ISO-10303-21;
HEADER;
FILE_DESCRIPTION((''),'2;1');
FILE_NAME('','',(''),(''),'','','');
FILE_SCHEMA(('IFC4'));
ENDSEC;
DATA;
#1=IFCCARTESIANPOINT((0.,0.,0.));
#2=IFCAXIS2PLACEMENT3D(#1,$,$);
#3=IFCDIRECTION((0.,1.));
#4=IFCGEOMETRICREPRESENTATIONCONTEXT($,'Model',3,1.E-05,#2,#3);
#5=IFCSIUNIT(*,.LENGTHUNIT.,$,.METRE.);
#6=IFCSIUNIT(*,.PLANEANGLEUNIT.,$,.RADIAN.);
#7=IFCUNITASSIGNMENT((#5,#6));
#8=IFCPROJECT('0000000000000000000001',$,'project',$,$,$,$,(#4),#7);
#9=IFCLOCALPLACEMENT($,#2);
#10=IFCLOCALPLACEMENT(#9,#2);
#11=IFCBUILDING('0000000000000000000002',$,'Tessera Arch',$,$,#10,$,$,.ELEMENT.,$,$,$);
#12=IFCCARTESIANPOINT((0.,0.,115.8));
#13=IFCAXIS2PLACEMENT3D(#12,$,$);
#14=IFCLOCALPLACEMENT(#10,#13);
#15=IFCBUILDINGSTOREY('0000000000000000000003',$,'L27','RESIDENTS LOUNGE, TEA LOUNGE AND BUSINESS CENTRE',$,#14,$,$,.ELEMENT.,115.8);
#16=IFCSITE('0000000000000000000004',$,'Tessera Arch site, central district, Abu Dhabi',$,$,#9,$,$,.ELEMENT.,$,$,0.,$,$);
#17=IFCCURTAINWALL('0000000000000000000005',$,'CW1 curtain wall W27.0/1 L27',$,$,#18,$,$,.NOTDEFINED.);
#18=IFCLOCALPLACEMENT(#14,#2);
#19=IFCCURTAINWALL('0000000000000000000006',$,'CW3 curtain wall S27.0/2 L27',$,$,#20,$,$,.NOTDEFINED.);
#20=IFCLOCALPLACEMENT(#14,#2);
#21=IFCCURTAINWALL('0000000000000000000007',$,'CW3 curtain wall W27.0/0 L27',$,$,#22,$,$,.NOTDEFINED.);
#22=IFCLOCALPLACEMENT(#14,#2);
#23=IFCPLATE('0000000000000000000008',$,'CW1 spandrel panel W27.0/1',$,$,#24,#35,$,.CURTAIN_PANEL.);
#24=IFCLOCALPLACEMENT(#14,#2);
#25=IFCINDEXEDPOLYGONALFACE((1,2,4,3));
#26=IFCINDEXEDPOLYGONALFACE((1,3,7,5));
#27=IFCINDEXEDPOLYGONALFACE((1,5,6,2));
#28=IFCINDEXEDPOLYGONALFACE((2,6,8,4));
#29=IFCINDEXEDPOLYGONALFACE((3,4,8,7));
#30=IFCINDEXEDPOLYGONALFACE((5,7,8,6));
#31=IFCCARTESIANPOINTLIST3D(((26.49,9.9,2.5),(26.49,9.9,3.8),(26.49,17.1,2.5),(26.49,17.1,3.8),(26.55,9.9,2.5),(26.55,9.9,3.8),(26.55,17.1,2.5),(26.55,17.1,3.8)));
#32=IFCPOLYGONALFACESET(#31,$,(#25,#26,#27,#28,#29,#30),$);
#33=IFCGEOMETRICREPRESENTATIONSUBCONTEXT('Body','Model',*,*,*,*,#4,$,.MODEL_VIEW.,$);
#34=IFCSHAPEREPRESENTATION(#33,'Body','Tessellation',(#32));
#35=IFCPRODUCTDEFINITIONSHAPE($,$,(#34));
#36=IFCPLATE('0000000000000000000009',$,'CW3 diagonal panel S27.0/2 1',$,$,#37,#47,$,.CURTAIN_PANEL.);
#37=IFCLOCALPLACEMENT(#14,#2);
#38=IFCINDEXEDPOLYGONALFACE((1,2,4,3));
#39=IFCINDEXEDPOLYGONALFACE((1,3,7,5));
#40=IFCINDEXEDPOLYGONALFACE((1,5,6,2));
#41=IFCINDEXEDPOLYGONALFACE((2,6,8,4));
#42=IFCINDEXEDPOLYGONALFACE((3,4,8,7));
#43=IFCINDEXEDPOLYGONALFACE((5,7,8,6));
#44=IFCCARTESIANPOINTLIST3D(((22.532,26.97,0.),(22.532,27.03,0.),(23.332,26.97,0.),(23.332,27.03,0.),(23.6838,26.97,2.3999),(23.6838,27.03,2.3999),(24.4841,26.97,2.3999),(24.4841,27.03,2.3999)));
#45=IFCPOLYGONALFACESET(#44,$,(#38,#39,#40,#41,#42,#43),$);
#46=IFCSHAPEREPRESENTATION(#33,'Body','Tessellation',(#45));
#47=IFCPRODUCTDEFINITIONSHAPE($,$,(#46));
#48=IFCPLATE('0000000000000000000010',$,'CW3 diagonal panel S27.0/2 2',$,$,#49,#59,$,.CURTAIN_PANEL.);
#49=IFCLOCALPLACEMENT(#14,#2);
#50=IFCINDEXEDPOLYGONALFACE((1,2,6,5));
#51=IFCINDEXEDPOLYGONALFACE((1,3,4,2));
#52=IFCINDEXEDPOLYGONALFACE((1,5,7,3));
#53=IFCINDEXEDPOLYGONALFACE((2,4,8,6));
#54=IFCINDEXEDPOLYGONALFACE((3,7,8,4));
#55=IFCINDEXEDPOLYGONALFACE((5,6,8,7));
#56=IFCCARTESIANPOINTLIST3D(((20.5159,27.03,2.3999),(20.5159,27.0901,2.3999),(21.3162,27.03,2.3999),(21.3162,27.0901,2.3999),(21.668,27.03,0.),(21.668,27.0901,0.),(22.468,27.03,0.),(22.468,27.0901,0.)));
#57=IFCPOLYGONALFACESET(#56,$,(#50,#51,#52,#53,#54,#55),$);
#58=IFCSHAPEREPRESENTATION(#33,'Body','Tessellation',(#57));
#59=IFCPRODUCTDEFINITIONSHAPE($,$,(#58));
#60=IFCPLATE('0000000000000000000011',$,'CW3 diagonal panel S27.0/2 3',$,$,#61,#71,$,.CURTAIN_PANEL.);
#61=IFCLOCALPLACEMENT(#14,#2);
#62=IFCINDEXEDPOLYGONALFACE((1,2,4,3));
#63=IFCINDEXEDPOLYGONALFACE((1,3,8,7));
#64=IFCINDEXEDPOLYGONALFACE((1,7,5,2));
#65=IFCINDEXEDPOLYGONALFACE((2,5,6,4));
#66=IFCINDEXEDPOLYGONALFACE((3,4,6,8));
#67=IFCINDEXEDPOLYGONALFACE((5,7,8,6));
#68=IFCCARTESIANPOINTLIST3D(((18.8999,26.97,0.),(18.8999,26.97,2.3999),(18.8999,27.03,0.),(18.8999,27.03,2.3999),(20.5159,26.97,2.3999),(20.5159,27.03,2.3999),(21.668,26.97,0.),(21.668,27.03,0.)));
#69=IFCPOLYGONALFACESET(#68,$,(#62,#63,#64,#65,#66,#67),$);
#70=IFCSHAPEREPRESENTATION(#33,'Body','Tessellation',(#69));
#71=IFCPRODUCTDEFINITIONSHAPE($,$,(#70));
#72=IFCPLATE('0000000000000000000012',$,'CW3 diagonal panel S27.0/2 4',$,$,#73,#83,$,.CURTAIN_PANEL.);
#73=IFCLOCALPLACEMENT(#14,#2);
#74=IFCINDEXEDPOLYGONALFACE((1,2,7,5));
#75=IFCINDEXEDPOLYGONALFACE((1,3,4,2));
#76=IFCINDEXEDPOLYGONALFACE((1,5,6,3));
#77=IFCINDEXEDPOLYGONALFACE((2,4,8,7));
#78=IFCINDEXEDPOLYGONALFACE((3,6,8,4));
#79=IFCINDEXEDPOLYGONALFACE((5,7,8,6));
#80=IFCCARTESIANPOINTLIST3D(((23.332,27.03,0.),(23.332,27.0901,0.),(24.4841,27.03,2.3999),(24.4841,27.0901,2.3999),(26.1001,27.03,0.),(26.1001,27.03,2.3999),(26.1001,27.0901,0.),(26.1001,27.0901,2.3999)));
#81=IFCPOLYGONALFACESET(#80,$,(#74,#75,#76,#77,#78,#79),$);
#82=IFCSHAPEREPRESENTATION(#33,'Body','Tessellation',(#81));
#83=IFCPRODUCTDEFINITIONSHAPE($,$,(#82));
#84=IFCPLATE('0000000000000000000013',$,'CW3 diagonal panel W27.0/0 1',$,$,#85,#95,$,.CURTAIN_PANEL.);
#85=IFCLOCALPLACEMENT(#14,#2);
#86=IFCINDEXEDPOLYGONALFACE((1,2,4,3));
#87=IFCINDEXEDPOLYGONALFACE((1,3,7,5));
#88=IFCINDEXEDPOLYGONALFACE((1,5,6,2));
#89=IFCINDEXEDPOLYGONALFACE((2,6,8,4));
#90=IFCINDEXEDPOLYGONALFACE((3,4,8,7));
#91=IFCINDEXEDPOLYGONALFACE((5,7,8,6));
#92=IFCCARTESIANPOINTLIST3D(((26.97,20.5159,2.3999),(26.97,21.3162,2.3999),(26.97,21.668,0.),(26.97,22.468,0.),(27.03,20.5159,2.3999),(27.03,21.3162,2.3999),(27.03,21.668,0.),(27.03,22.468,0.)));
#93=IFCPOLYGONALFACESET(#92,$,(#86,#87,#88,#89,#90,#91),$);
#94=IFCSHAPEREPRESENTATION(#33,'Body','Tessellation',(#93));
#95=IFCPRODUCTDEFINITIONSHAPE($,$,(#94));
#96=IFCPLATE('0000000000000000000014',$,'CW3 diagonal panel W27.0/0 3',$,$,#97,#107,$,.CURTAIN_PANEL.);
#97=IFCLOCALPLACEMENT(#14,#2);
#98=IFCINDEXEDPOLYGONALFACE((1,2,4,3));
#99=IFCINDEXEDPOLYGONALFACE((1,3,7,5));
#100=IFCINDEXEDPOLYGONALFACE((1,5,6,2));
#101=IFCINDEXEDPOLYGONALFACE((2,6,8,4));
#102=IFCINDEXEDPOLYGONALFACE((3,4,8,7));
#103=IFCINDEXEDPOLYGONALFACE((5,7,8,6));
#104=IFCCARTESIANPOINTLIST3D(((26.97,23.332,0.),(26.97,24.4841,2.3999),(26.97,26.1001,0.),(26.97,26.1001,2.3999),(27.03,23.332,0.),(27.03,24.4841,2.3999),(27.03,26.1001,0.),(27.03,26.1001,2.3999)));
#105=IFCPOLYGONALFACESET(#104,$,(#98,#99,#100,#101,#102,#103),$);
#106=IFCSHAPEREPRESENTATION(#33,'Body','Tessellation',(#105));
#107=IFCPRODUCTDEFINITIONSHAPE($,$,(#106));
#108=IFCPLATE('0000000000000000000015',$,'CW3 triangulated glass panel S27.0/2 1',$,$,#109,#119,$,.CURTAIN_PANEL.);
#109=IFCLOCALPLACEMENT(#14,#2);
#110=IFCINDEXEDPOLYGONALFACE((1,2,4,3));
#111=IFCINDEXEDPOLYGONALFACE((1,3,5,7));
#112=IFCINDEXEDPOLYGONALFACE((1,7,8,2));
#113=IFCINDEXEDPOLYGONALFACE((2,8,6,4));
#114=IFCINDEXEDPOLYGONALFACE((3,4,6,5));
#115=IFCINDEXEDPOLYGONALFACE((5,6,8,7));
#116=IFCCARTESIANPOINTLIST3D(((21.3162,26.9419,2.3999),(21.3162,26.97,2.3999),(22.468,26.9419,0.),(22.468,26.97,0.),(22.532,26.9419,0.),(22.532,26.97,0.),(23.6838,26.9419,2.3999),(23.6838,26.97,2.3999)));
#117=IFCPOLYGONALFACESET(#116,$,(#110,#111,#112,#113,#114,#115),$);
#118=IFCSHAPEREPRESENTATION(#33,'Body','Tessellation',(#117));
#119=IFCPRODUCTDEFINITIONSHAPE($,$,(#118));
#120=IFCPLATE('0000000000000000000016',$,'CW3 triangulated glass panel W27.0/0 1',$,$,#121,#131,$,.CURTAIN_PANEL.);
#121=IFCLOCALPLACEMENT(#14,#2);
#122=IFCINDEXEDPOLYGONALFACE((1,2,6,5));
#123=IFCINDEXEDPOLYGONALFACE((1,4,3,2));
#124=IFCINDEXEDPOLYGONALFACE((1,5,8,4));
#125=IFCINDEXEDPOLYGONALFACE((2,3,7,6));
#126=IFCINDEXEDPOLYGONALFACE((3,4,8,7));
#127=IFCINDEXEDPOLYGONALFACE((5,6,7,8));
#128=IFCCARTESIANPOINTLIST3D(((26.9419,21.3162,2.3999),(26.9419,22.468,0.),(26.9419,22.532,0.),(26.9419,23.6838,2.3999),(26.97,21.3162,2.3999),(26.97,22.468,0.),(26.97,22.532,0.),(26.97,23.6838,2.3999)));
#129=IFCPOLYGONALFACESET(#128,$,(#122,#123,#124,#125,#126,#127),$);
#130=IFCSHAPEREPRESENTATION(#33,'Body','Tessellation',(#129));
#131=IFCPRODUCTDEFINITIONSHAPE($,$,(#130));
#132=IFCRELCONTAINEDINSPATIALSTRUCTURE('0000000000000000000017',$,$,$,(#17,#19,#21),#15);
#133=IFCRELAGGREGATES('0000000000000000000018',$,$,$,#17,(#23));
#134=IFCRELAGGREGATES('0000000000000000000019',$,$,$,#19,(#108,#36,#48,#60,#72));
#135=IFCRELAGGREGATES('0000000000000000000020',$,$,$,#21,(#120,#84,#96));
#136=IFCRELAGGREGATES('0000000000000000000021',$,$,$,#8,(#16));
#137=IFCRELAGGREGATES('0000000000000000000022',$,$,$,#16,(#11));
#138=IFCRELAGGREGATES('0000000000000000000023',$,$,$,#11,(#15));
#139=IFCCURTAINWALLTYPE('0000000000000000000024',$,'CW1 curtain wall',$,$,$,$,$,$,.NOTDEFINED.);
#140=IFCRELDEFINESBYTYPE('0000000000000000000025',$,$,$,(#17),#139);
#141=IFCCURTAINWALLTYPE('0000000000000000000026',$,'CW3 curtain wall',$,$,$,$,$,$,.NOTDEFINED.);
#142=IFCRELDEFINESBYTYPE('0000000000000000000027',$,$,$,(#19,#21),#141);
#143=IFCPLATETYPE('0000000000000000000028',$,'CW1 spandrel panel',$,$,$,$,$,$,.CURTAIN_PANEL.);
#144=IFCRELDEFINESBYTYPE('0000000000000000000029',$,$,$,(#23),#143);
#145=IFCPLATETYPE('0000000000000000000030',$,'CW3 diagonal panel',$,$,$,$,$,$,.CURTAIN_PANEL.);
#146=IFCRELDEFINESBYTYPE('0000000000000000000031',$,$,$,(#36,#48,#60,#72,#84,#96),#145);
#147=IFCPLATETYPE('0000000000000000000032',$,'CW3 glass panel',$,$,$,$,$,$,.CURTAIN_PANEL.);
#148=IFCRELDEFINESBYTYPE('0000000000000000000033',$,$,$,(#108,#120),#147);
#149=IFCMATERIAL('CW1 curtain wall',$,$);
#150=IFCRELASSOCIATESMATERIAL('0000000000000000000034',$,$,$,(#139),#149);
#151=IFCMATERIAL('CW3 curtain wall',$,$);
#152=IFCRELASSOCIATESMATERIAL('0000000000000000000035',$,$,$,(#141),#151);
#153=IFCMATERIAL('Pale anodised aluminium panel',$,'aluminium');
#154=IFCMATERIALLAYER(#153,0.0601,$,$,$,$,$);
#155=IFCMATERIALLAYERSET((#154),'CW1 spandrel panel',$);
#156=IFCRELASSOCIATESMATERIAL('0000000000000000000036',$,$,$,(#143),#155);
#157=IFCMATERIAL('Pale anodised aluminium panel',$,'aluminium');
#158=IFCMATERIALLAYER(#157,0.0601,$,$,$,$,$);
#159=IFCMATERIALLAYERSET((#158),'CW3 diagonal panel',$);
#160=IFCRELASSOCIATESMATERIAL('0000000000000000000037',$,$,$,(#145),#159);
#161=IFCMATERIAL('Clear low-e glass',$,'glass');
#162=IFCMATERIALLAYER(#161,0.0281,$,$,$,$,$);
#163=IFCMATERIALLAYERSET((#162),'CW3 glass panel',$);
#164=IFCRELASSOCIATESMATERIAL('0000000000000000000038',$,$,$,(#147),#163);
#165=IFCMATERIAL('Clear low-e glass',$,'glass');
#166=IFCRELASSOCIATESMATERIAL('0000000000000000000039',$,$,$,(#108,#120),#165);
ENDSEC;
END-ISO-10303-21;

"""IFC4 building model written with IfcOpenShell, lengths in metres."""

from ifc_helpers import new_model, si_unit, direction, frame, origin, origin_2d, place, context, subcontext, project, spatial, polyline, rectangle, outline, extrude, material, layer, layer_set, type_object, element, aggregate, save


model = new_model("IFC4")

# Units and contexts
model_context = context("Model", 3, precision=1e-05, world=origin(), true_north=direction((0.0, 1.0)))
body_context = subcontext(model_context, "Body", "Model", "MODEL_VIEW")
ifc_project = project(units=[si_unit("LENGTHUNIT", "METRE"), si_unit("PLANEANGLEUNIT", "RADIAN")], contexts=[model_context])

# Site, building, storey
site_placement = place(None, origin())
site = spatial("IfcSite", under=ifc_project, at=site_placement, Name="Tessera Arch site, central district, Abu Dhabi", CompositionType="ELEMENT", RefElevation=0.0)
building_placement = place(site_placement, origin())
building = spatial("IfcBuilding", under=site, at=building_placement, Name="Tessera Arch", CompositionType="ELEMENT")
storey_placement = place(building_placement, frame((0.0, 0.0, 115.8)))
storey = spatial("IfcBuildingStorey", under=building, at=storey_placement, Name="L27", Description="RESIDENTS LOUNGE, TEA LOUNGE AND BUSINESS CENTRE", CompositionType="ELEMENT", Elevation=115.8)

# Curtain wall
ifc_material_1 = material(Name="CW1 curtain wall")
curtain_wall_type_1 = type_object("IfcCurtainWallType", Name="CW1 curtain wall", PredefinedType="NOTDEFINED", material=ifc_material_1)
curtain_wall_1_placement = place(storey_placement, origin())
curtain_wall_1 = element("IfcCurtainWall", 1, at=curtain_wall_1_placement, inside=storey, type_object=curtain_wall_type_1, Name="CW1 curtain wall W27.0/1 L27", PredefinedType="NOTDEFINED")

# Curtain walls
ifc_material_2 = material(Name="CW3 curtain wall")
curtain_wall_type_2 = type_object("IfcCurtainWallType", Name="CW3 curtain wall", PredefinedType="NOTDEFINED", material=ifc_material_2)
curtain_wall_2_placement = place(storey_placement, origin())
curtain_wall_2 = element("IfcCurtainWall", 2, at=curtain_wall_2_placement, inside=storey, type_object=curtain_wall_type_2, Name="CW3 curtain wall S27.0/2 L27", PredefinedType="NOTDEFINED")
curtain_wall_3_placement = place(storey_placement, origin())
curtain_wall_3 = element("IfcCurtainWall", 3, at=curtain_wall_3_placement, inside=storey, type_object=curtain_wall_type_2, Name="CW3 curtain wall W27.0/0 L27", PredefinedType="NOTDEFINED")

# Plates
ifc_material_3 = material(Name="Clear low-e glass", Category="glass")
ifc_material_4 = material(Name="Pale anodised aluminium panel", Category="aluminium")
ifc_layer_1 = layer(ifc_material_4, 0.0601)
ifc_layer_set_1 = layer_set([ifc_layer_1], Name="CW1 spandrel panel")
plate_type_1 = type_object("IfcPlateType", Name="CW1 spandrel panel", PredefinedType="CURTAIN_PANEL", material=ifc_layer_set_1)
plate_1_placement = place(storey_placement, frame((26.52, 13.5, 2.5), z_axis=(0.0, 0.0, 1.0), x_axis=(0.0, -1.0, 0.0)))
plate_1 = element("IfcPlate", 4, at=plate_1_placement, type_object=plate_type_1, Name="CW1 spandrel panel W27.0/1", PredefinedType="CURTAIN_PANEL", context=body_context, shape_type="SweptSolid", body=[
    extrude(rectangle(XDim=7.2, YDim=0.0601, at=origin_2d()), origin(), (0.0, 0.0, 1.0), 1.3),
])
aggregate(curtain_wall_1, [plate_1])
ifc_material_5 = material(Name="Pale anodised aluminium panel", Category="aluminium")
ifc_layer_2 = layer(ifc_material_5, 0.0601)
ifc_layer_set_2 = layer_set([ifc_layer_2], Name="CW3 diagonal panel")
plate_type_2 = type_object("IfcPlateType", Name="CW3 diagonal panel", PredefinedType="CURTAIN_PANEL", material=ifc_layer_set_2)
plate_2_placement = place(storey_placement, frame((24.4841, 26.97, 2.3999), z_axis=(0.0, -1.0, 0.0), x_axis=(-1.0, 0.0, 0.0)))
plate_2 = element("IfcPlate", 5, at=plate_2_placement, type_object=plate_type_2, Name="CW3 diagonal panel S27.0/2 1", PredefinedType="CURTAIN_PANEL", context=body_context, shape_type="SweptSolid", body=[
    extrude(outline(polyline([(0.0, 0.0), (0.8003, 0.0), (1.9521, 2.3999), (1.1521, 2.3999), (0.0, 0.0)])), origin(), (0.0, 0.0, -1.0), 0.0601),
])
plate_3_placement = place(storey_placement, frame((21.3162, 27.03, 2.3999), z_axis=(0.0, -1.0, 0.0), x_axis=(-1.0, 0.0, 0.0)))
plate_3 = element("IfcPlate", 6, at=plate_3_placement, type_object=plate_type_2, Name="CW3 diagonal panel S27.0/2 2", PredefinedType="CURTAIN_PANEL", context=body_context, shape_type="SweptSolid", body=[
    extrude(outline(polyline([(0.0, 0.0), (0.8003, 0.0), (-0.3518, 2.3999), (-1.1519, 2.3999), (0.0, 0.0)])), origin(), (0.0, 0.0, -1.0), 0.0601),
])
plate_4_placement = place(storey_placement, frame((18.8999, 26.97, 0.0), z_axis=(0.0, -1.0, 0.0), x_axis=(1.0, 0.0, 0.0)))
plate_4 = element("IfcPlate", 7, at=plate_4_placement, type_object=plate_type_2, Name="CW3 diagonal panel S27.0/2 3", PredefinedType="CURTAIN_PANEL", context=body_context, shape_type="SweptSolid", body=[
    extrude(outline(polyline([(0.0, 0.0), (2.7681, 0.0), (1.616, 2.3999), (0.0, 2.3999), (0.0, 0.0)])), origin(), (0.0, 0.0, -1.0), 0.0601),
])
plate_5_placement = place(storey_placement, frame((26.1001, 27.03, 2.3999), z_axis=(0.0, -1.0, 0.0), x_axis=(-1.0, 0.0, 0.0)))
plate_5 = element("IfcPlate", 8, at=plate_5_placement, type_object=plate_type_2, Name="CW3 diagonal panel S27.0/2 4", PredefinedType="CURTAIN_PANEL", context=body_context, shape_type="SweptSolid", body=[
    extrude(outline(polyline([(0.0, 0.0), (1.616, 0.0), (2.7681, 2.3999), (0.0, 2.3999), (0.0, 0.0)])), origin(), (0.0, 0.0, -1.0), 0.0601),
])
plate_6_placement = place(storey_placement, frame((26.97, 20.5159, 2.3999), z_axis=(-1.0, 0.0, 0.0), x_axis=(0.0, 1.0, 0.0)))
plate_6 = element("IfcPlate", 9, at=plate_6_placement, type_object=plate_type_2, Name="CW3 diagonal panel W27.0/0 1", PredefinedType="CURTAIN_PANEL", context=body_context, shape_type="SweptSolid", body=[
    extrude(outline(polyline([(0.0, 0.0), (0.8003, 0.0), (1.9521, 2.3999), (1.1521, 2.3999), (0.0, 0.0)])), origin(), (0.0, 0.0, -1.0), 0.0601),
])
plate_7_placement = place(storey_placement, frame((26.97, 26.1001, 0.0), z_axis=(-1.0, 0.0, 0.0), x_axis=(0.0, -1.0, 0.0)))
plate_7 = element("IfcPlate", 10, at=plate_7_placement, type_object=plate_type_2, Name="CW3 diagonal panel W27.0/0 3", PredefinedType="CURTAIN_PANEL", context=body_context, shape_type="SweptSolid", body=[
    extrude(outline(polyline([(0.0, 0.0), (2.7681, 0.0), (1.616, 2.3999), (0.0, 2.3999), (0.0, 0.0)])), origin(), (0.0, 0.0, -1.0), 0.0601),
])
ifc_material_6 = material(Name="Clear low-e glass", Category="glass")
ifc_layer_3 = layer(ifc_material_6, 0.0281)
ifc_layer_set_3 = layer_set([ifc_layer_3], Name="CW3 glass panel")
plate_type_3 = type_object("IfcPlateType", Name="CW3 glass panel", PredefinedType="CURTAIN_PANEL", material=ifc_layer_set_3)
plate_8_placement = place(storey_placement, frame((23.6838, 26.9419, 2.3999), z_axis=(0.0, -1.0, 0.0), x_axis=(-1.0, 0.0, 0.0)))
plate_8 = element("IfcPlate", 11, at=plate_8_placement, type_object=plate_type_3, material=ifc_material_3, Name="CW3 triangulated glass panel S27.0/2 1", PredefinedType="CURTAIN_PANEL", context=body_context, shape_type="SweptSolid", body=[
    extrude(outline(polyline([(0.0, 0.0), (2.3677, 0.0), (1.2158, 2.3999), (1.1519, 2.3999), (0.0, 0.0)])), origin(), (0.0, 0.0, -1.0), 0.0281),
])
aggregate(curtain_wall_2, [plate_8, plate_2, plate_3, plate_4, plate_5])
plate_9_placement = place(storey_placement, frame((26.9419, 21.3162, 2.3999), z_axis=(-1.0, 0.0, 0.0), x_axis=(0.0, 1.0, 0.0)))
plate_9 = element("IfcPlate", 12, at=plate_9_placement, type_object=plate_type_3, material=ifc_material_3, Name="CW3 triangulated glass panel W27.0/0 1", PredefinedType="CURTAIN_PANEL", context=body_context, shape_type="SweptSolid", body=[
    extrude(outline(polyline([(0.0, 0.0), (2.3677, 0.0), (1.2158, 2.3999), (1.1519, 2.3999), (0.0, 0.0)])), origin(), (0.0, 0.0, -1.0), 0.0281),
])
aggregate(curtain_wall_3, [plate_9, plate_6, plate_7])

save(model, "model.ifc")
